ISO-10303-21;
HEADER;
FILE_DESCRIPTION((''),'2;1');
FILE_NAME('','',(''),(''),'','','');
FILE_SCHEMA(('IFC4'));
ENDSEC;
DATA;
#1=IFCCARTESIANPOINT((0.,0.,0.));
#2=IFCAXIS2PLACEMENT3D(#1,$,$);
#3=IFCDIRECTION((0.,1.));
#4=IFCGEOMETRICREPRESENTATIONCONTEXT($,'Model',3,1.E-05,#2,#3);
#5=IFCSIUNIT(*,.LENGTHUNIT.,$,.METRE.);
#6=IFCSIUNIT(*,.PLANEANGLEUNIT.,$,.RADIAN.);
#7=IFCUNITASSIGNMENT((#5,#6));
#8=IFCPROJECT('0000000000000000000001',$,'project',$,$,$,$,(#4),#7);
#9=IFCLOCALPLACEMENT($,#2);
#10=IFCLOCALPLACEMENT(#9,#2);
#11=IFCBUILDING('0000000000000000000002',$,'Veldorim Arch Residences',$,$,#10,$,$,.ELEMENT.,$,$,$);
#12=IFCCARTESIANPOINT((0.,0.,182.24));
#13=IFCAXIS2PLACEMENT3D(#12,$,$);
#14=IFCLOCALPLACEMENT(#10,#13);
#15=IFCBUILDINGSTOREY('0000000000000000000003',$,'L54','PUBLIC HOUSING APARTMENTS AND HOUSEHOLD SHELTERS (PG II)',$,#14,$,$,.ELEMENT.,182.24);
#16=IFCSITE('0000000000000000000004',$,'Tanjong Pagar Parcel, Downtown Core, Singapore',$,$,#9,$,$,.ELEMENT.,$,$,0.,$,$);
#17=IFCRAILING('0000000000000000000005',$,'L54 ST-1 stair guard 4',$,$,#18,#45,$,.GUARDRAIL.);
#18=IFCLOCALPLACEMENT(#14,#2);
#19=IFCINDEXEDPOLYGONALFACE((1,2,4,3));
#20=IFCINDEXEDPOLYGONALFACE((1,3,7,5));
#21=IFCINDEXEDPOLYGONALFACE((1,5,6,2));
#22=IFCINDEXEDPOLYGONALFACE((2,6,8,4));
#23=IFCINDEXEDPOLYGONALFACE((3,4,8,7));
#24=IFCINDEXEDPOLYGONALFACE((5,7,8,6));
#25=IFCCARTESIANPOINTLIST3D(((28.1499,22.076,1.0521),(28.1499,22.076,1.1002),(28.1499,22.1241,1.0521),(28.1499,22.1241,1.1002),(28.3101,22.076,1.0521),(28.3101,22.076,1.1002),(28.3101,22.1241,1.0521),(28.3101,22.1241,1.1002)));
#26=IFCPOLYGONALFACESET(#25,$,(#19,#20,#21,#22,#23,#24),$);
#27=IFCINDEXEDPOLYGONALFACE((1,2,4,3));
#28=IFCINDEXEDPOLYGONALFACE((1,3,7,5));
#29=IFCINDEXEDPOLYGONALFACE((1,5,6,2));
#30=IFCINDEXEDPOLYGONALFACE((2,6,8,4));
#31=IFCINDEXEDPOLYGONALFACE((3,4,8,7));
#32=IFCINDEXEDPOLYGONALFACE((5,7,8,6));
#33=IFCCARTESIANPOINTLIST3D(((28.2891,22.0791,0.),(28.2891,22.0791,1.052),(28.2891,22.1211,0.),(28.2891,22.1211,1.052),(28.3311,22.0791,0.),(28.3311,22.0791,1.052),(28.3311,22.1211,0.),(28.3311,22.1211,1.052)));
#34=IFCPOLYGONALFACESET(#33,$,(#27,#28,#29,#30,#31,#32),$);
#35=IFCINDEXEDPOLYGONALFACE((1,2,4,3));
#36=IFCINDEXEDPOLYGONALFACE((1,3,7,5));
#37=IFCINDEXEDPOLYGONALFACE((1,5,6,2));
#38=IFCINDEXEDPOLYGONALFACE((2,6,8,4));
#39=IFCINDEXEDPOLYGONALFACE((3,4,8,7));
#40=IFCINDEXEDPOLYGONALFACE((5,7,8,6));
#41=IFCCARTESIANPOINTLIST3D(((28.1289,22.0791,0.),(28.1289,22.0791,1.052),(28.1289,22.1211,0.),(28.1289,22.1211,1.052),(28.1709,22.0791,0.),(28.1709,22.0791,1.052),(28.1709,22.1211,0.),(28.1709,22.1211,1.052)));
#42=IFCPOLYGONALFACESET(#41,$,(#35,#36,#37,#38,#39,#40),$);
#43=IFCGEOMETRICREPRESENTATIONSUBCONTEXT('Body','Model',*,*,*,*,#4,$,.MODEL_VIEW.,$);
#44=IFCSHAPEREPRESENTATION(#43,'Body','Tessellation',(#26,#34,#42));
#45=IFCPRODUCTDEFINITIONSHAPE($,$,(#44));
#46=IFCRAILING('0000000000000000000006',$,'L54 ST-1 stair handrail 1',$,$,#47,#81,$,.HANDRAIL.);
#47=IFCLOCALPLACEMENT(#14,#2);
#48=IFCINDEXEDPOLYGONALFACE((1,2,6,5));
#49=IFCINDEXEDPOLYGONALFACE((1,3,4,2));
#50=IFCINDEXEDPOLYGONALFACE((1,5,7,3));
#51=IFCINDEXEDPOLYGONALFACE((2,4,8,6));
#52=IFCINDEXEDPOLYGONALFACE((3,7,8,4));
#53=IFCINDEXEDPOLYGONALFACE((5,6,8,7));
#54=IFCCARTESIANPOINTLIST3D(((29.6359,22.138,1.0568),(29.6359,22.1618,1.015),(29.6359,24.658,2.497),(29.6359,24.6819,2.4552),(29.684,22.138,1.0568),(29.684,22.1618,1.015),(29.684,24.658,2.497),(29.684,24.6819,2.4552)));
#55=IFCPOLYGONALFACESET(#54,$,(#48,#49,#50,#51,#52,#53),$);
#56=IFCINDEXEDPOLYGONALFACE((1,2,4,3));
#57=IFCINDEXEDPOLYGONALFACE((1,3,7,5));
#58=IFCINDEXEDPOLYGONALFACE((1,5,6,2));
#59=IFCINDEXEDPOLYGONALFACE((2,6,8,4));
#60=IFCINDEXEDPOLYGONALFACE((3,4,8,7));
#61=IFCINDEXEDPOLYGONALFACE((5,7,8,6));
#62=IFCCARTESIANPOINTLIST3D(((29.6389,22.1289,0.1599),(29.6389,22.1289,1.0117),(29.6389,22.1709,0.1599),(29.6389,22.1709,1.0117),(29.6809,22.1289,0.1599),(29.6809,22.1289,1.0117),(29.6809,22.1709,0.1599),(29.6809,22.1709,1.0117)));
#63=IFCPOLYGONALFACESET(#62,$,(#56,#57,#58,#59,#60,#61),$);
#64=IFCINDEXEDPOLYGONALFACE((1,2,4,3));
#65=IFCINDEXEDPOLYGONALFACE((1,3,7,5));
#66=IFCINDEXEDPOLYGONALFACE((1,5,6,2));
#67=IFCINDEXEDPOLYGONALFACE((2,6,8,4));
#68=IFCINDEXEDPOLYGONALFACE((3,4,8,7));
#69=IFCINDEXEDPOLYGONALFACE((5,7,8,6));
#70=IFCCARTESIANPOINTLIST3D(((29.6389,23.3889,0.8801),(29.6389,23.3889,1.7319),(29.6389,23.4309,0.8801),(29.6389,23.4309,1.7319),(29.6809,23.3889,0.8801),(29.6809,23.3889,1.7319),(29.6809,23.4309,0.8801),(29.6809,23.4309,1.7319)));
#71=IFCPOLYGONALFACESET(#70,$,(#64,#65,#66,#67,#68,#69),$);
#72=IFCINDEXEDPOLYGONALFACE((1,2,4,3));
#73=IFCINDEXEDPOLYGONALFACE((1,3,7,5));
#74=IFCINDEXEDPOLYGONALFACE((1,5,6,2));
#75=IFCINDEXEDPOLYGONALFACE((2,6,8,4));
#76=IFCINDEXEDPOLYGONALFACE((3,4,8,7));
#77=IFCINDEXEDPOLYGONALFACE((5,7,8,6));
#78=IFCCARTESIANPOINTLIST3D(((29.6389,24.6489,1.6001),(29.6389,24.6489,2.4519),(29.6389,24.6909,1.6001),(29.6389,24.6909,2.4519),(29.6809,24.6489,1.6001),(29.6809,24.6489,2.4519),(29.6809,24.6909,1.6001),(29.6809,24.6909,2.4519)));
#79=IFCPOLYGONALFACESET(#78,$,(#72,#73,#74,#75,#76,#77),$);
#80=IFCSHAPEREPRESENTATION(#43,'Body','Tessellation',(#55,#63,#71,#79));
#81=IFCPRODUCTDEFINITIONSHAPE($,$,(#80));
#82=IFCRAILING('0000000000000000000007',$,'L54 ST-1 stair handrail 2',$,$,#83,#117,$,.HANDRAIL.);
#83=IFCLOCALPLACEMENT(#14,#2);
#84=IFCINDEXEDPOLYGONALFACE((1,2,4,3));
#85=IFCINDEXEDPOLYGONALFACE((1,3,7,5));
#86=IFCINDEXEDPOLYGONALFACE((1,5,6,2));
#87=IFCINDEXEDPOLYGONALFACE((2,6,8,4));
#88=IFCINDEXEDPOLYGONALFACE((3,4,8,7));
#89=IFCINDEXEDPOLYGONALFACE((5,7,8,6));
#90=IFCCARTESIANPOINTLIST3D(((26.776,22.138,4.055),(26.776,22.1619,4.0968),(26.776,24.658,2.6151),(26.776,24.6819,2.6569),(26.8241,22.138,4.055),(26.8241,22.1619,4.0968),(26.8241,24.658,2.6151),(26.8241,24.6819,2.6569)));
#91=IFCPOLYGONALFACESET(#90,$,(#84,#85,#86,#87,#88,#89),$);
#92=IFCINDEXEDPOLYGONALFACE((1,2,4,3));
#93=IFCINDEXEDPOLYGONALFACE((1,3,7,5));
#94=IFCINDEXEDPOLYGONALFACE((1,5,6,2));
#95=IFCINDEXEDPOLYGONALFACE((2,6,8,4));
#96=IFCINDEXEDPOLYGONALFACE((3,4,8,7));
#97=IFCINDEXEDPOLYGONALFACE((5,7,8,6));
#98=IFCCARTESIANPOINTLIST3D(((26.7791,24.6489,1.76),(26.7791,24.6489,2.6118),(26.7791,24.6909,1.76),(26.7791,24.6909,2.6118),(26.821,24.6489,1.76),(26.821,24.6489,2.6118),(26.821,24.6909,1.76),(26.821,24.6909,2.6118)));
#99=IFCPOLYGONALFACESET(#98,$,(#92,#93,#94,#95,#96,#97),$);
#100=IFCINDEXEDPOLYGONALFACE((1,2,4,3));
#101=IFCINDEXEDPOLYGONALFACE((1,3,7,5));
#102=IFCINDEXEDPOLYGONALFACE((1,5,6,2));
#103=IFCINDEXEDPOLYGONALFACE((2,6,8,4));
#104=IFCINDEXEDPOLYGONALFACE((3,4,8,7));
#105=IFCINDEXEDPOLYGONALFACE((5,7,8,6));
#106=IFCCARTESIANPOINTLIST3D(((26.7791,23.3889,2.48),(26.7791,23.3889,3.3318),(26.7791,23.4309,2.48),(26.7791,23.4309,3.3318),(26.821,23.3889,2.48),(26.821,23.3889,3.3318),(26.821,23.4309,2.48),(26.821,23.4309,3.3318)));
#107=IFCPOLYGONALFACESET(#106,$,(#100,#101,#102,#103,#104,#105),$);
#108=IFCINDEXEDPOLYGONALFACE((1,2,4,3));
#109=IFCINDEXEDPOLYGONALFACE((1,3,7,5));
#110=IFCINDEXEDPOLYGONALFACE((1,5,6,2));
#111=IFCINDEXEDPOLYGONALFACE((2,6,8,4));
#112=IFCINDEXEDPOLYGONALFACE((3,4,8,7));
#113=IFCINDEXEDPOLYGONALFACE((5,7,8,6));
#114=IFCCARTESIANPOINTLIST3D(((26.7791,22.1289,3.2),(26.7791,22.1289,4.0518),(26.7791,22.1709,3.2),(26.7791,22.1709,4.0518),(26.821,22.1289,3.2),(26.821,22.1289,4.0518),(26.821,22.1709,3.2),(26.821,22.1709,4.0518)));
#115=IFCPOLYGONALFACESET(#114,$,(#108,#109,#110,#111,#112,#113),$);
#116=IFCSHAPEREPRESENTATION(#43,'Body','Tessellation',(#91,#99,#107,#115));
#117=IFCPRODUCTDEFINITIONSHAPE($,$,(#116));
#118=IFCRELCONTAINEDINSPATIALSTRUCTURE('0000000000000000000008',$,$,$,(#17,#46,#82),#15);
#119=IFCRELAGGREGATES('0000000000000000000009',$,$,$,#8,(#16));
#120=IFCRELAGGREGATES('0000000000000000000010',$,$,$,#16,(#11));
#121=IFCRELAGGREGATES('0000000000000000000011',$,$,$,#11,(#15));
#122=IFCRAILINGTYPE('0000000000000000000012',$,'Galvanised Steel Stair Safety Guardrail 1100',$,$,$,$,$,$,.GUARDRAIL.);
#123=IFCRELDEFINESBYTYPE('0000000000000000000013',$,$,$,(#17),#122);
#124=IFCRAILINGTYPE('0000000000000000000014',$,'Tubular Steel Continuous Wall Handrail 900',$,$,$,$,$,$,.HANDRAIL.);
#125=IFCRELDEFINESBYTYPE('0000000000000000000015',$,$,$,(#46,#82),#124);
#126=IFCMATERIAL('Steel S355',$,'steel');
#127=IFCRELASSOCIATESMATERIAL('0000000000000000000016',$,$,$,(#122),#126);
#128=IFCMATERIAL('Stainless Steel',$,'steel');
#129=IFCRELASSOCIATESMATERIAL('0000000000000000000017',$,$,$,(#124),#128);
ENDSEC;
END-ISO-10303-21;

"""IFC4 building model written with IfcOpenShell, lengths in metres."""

from ifc_helpers import new_model, si_unit, direction, frame, origin, origin_2d, place, context, subcontext, project, spatial, rectangle, extrude, material, type_object, element, save


model = new_model("IFC4")

# Units and contexts
model_context = context("Model", 3, precision=1e-05, world=origin(), true_north=direction((0.0, 1.0)))
body_context = subcontext(model_context, "Body", "Model", "MODEL_VIEW")
ifc_project = project(units=[si_unit("LENGTHUNIT", "METRE"), si_unit("PLANEANGLEUNIT", "RADIAN")], contexts=[model_context])

# Site, building, storey
site_placement = place(None, origin())
site = spatial("IfcSite", under=ifc_project, at=site_placement, Name="Tanjong Pagar Parcel, Downtown Core, Singapore", CompositionType="ELEMENT", RefElevation=0.0)
building_placement = place(site_placement, origin())
building = spatial("IfcBuilding", under=site, at=building_placement, Name="Veldorim Arch Residences", CompositionType="ELEMENT")
storey_placement = place(building_placement, frame((0.0, 0.0, 182.24)))
storey = spatial("IfcBuildingStorey", under=building, at=storey_placement, Name="L54", Description="PUBLIC HOUSING APARTMENTS AND HOUSEHOLD SHELTERS (PG II)", CompositionType="ELEMENT", Elevation=182.24)

# Railings
ifc_material_1 = material(Name="Steel S355", Category="steel")
railing_type_1 = type_object("IfcRailingType", Name="Galvanised Steel Stair Safety Guardrail 1100", PredefinedType="GUARDRAIL", material=ifc_material_1)
railing_1_placement = place(storey_placement, frame((28.3101, 22.1001, 0.0)))
element("IfcRailing", 1, at=railing_1_placement, inside=storey, type_object=railing_type_1, Name="L54 ST-1 stair guard 4", PredefinedType="GUARDRAIL", context=body_context, shape_type="SweptSolid", body=[
    extrude(rectangle(XDim=0.0481, YDim=0.0481, at=origin_2d()), frame((0.0, 0.0, 1.0762), z_axis=(-1.0, 0.0, 0.0), x_axis=(0.0, -1.0, 0.0)), (0.0, 0.0, 1.0), 0.1602),
    extrude(rectangle(XDim=0.042, YDim=0.042, at=origin_2d()), origin(), (0.0, 0.0, 1.0), 1.052),
    extrude(rectangle(XDim=0.042, YDim=0.042, at=origin_2d()), frame((-0.1602, 0.0, 0.0)), (0.0, 0.0, 1.0), 1.052),
])
ifc_material_2 = material(Name="Stainless Steel", Category="steel")
railing_type_2 = type_object("IfcRailingType", Name="Tubular Steel Continuous Wall Handrail 900", PredefinedType="HANDRAIL", material=ifc_material_2)
railing_2_placement = place(storey_placement, frame((29.6599, 22.1499, 0.1599)))
element("IfcRailing", 2, at=railing_2_placement, inside=storey, type_object=railing_type_2, Name="L54 ST-1 stair handrail 1", PredefinedType="HANDRAIL", context=body_context, shape_type="SweptSolid", body=[
    extrude(rectangle(XDim=0.0481, YDim=0.0481, at=origin_2d()), frame((0.0, 0.0, 0.876), z_axis=(0.0, 0.868217, 0.496184), x_axis=(-1.0, 0.0, 0.0)), (0.0, 0.0, 1.0), 2.9026),
    extrude(rectangle(XDim=0.042, YDim=0.042, at=origin_2d()), origin(), (0.0, 0.0, 1.0), 0.8518),
    extrude(rectangle(XDim=0.042, YDim=0.042, at=origin_2d()), frame((0.0, 1.26, 0.7202)), (0.0, 0.0, 1.0), 0.8518),
    extrude(rectangle(XDim=0.042, YDim=0.042, at=origin_2d()), frame((0.0, 2.52, 1.4402)), (0.0, 0.0, 1.0), 0.8518),
])
railing_3_placement = place(storey_placement, frame((26.8, 24.6699, 1.76)))
element("IfcRailing", 3, at=railing_3_placement, inside=storey, type_object=railing_type_2, Name="L54 ST-1 stair handrail 2", PredefinedType="HANDRAIL", context=body_context, shape_type="SweptSolid", body=[
    extrude(rectangle(XDim=0.0481, YDim=0.0481, at=origin_2d()), frame((0.0, 0.0, 0.876), z_axis=(0.0, -0.868253, 0.496121), x_axis=(1.0, 0.0, 0.0)), (0.0, 0.0, 1.0), 2.9023),
    extrude(rectangle(XDim=0.042, YDim=0.042, at=origin_2d()), origin(), (0.0, 0.0, 1.0), 0.8518),
    extrude(rectangle(XDim=0.042, YDim=0.042, at=origin_2d()), frame((0.0, -1.26, 0.72)), (0.0, 0.0, 1.0), 0.8518),
    extrude(rectangle(XDim=0.042, YDim=0.042, at=origin_2d()), frame((0.0, -2.52, 1.4399)), (0.0, 0.0, 1.0), 0.8518),
])

save(model, "model.ifc")
